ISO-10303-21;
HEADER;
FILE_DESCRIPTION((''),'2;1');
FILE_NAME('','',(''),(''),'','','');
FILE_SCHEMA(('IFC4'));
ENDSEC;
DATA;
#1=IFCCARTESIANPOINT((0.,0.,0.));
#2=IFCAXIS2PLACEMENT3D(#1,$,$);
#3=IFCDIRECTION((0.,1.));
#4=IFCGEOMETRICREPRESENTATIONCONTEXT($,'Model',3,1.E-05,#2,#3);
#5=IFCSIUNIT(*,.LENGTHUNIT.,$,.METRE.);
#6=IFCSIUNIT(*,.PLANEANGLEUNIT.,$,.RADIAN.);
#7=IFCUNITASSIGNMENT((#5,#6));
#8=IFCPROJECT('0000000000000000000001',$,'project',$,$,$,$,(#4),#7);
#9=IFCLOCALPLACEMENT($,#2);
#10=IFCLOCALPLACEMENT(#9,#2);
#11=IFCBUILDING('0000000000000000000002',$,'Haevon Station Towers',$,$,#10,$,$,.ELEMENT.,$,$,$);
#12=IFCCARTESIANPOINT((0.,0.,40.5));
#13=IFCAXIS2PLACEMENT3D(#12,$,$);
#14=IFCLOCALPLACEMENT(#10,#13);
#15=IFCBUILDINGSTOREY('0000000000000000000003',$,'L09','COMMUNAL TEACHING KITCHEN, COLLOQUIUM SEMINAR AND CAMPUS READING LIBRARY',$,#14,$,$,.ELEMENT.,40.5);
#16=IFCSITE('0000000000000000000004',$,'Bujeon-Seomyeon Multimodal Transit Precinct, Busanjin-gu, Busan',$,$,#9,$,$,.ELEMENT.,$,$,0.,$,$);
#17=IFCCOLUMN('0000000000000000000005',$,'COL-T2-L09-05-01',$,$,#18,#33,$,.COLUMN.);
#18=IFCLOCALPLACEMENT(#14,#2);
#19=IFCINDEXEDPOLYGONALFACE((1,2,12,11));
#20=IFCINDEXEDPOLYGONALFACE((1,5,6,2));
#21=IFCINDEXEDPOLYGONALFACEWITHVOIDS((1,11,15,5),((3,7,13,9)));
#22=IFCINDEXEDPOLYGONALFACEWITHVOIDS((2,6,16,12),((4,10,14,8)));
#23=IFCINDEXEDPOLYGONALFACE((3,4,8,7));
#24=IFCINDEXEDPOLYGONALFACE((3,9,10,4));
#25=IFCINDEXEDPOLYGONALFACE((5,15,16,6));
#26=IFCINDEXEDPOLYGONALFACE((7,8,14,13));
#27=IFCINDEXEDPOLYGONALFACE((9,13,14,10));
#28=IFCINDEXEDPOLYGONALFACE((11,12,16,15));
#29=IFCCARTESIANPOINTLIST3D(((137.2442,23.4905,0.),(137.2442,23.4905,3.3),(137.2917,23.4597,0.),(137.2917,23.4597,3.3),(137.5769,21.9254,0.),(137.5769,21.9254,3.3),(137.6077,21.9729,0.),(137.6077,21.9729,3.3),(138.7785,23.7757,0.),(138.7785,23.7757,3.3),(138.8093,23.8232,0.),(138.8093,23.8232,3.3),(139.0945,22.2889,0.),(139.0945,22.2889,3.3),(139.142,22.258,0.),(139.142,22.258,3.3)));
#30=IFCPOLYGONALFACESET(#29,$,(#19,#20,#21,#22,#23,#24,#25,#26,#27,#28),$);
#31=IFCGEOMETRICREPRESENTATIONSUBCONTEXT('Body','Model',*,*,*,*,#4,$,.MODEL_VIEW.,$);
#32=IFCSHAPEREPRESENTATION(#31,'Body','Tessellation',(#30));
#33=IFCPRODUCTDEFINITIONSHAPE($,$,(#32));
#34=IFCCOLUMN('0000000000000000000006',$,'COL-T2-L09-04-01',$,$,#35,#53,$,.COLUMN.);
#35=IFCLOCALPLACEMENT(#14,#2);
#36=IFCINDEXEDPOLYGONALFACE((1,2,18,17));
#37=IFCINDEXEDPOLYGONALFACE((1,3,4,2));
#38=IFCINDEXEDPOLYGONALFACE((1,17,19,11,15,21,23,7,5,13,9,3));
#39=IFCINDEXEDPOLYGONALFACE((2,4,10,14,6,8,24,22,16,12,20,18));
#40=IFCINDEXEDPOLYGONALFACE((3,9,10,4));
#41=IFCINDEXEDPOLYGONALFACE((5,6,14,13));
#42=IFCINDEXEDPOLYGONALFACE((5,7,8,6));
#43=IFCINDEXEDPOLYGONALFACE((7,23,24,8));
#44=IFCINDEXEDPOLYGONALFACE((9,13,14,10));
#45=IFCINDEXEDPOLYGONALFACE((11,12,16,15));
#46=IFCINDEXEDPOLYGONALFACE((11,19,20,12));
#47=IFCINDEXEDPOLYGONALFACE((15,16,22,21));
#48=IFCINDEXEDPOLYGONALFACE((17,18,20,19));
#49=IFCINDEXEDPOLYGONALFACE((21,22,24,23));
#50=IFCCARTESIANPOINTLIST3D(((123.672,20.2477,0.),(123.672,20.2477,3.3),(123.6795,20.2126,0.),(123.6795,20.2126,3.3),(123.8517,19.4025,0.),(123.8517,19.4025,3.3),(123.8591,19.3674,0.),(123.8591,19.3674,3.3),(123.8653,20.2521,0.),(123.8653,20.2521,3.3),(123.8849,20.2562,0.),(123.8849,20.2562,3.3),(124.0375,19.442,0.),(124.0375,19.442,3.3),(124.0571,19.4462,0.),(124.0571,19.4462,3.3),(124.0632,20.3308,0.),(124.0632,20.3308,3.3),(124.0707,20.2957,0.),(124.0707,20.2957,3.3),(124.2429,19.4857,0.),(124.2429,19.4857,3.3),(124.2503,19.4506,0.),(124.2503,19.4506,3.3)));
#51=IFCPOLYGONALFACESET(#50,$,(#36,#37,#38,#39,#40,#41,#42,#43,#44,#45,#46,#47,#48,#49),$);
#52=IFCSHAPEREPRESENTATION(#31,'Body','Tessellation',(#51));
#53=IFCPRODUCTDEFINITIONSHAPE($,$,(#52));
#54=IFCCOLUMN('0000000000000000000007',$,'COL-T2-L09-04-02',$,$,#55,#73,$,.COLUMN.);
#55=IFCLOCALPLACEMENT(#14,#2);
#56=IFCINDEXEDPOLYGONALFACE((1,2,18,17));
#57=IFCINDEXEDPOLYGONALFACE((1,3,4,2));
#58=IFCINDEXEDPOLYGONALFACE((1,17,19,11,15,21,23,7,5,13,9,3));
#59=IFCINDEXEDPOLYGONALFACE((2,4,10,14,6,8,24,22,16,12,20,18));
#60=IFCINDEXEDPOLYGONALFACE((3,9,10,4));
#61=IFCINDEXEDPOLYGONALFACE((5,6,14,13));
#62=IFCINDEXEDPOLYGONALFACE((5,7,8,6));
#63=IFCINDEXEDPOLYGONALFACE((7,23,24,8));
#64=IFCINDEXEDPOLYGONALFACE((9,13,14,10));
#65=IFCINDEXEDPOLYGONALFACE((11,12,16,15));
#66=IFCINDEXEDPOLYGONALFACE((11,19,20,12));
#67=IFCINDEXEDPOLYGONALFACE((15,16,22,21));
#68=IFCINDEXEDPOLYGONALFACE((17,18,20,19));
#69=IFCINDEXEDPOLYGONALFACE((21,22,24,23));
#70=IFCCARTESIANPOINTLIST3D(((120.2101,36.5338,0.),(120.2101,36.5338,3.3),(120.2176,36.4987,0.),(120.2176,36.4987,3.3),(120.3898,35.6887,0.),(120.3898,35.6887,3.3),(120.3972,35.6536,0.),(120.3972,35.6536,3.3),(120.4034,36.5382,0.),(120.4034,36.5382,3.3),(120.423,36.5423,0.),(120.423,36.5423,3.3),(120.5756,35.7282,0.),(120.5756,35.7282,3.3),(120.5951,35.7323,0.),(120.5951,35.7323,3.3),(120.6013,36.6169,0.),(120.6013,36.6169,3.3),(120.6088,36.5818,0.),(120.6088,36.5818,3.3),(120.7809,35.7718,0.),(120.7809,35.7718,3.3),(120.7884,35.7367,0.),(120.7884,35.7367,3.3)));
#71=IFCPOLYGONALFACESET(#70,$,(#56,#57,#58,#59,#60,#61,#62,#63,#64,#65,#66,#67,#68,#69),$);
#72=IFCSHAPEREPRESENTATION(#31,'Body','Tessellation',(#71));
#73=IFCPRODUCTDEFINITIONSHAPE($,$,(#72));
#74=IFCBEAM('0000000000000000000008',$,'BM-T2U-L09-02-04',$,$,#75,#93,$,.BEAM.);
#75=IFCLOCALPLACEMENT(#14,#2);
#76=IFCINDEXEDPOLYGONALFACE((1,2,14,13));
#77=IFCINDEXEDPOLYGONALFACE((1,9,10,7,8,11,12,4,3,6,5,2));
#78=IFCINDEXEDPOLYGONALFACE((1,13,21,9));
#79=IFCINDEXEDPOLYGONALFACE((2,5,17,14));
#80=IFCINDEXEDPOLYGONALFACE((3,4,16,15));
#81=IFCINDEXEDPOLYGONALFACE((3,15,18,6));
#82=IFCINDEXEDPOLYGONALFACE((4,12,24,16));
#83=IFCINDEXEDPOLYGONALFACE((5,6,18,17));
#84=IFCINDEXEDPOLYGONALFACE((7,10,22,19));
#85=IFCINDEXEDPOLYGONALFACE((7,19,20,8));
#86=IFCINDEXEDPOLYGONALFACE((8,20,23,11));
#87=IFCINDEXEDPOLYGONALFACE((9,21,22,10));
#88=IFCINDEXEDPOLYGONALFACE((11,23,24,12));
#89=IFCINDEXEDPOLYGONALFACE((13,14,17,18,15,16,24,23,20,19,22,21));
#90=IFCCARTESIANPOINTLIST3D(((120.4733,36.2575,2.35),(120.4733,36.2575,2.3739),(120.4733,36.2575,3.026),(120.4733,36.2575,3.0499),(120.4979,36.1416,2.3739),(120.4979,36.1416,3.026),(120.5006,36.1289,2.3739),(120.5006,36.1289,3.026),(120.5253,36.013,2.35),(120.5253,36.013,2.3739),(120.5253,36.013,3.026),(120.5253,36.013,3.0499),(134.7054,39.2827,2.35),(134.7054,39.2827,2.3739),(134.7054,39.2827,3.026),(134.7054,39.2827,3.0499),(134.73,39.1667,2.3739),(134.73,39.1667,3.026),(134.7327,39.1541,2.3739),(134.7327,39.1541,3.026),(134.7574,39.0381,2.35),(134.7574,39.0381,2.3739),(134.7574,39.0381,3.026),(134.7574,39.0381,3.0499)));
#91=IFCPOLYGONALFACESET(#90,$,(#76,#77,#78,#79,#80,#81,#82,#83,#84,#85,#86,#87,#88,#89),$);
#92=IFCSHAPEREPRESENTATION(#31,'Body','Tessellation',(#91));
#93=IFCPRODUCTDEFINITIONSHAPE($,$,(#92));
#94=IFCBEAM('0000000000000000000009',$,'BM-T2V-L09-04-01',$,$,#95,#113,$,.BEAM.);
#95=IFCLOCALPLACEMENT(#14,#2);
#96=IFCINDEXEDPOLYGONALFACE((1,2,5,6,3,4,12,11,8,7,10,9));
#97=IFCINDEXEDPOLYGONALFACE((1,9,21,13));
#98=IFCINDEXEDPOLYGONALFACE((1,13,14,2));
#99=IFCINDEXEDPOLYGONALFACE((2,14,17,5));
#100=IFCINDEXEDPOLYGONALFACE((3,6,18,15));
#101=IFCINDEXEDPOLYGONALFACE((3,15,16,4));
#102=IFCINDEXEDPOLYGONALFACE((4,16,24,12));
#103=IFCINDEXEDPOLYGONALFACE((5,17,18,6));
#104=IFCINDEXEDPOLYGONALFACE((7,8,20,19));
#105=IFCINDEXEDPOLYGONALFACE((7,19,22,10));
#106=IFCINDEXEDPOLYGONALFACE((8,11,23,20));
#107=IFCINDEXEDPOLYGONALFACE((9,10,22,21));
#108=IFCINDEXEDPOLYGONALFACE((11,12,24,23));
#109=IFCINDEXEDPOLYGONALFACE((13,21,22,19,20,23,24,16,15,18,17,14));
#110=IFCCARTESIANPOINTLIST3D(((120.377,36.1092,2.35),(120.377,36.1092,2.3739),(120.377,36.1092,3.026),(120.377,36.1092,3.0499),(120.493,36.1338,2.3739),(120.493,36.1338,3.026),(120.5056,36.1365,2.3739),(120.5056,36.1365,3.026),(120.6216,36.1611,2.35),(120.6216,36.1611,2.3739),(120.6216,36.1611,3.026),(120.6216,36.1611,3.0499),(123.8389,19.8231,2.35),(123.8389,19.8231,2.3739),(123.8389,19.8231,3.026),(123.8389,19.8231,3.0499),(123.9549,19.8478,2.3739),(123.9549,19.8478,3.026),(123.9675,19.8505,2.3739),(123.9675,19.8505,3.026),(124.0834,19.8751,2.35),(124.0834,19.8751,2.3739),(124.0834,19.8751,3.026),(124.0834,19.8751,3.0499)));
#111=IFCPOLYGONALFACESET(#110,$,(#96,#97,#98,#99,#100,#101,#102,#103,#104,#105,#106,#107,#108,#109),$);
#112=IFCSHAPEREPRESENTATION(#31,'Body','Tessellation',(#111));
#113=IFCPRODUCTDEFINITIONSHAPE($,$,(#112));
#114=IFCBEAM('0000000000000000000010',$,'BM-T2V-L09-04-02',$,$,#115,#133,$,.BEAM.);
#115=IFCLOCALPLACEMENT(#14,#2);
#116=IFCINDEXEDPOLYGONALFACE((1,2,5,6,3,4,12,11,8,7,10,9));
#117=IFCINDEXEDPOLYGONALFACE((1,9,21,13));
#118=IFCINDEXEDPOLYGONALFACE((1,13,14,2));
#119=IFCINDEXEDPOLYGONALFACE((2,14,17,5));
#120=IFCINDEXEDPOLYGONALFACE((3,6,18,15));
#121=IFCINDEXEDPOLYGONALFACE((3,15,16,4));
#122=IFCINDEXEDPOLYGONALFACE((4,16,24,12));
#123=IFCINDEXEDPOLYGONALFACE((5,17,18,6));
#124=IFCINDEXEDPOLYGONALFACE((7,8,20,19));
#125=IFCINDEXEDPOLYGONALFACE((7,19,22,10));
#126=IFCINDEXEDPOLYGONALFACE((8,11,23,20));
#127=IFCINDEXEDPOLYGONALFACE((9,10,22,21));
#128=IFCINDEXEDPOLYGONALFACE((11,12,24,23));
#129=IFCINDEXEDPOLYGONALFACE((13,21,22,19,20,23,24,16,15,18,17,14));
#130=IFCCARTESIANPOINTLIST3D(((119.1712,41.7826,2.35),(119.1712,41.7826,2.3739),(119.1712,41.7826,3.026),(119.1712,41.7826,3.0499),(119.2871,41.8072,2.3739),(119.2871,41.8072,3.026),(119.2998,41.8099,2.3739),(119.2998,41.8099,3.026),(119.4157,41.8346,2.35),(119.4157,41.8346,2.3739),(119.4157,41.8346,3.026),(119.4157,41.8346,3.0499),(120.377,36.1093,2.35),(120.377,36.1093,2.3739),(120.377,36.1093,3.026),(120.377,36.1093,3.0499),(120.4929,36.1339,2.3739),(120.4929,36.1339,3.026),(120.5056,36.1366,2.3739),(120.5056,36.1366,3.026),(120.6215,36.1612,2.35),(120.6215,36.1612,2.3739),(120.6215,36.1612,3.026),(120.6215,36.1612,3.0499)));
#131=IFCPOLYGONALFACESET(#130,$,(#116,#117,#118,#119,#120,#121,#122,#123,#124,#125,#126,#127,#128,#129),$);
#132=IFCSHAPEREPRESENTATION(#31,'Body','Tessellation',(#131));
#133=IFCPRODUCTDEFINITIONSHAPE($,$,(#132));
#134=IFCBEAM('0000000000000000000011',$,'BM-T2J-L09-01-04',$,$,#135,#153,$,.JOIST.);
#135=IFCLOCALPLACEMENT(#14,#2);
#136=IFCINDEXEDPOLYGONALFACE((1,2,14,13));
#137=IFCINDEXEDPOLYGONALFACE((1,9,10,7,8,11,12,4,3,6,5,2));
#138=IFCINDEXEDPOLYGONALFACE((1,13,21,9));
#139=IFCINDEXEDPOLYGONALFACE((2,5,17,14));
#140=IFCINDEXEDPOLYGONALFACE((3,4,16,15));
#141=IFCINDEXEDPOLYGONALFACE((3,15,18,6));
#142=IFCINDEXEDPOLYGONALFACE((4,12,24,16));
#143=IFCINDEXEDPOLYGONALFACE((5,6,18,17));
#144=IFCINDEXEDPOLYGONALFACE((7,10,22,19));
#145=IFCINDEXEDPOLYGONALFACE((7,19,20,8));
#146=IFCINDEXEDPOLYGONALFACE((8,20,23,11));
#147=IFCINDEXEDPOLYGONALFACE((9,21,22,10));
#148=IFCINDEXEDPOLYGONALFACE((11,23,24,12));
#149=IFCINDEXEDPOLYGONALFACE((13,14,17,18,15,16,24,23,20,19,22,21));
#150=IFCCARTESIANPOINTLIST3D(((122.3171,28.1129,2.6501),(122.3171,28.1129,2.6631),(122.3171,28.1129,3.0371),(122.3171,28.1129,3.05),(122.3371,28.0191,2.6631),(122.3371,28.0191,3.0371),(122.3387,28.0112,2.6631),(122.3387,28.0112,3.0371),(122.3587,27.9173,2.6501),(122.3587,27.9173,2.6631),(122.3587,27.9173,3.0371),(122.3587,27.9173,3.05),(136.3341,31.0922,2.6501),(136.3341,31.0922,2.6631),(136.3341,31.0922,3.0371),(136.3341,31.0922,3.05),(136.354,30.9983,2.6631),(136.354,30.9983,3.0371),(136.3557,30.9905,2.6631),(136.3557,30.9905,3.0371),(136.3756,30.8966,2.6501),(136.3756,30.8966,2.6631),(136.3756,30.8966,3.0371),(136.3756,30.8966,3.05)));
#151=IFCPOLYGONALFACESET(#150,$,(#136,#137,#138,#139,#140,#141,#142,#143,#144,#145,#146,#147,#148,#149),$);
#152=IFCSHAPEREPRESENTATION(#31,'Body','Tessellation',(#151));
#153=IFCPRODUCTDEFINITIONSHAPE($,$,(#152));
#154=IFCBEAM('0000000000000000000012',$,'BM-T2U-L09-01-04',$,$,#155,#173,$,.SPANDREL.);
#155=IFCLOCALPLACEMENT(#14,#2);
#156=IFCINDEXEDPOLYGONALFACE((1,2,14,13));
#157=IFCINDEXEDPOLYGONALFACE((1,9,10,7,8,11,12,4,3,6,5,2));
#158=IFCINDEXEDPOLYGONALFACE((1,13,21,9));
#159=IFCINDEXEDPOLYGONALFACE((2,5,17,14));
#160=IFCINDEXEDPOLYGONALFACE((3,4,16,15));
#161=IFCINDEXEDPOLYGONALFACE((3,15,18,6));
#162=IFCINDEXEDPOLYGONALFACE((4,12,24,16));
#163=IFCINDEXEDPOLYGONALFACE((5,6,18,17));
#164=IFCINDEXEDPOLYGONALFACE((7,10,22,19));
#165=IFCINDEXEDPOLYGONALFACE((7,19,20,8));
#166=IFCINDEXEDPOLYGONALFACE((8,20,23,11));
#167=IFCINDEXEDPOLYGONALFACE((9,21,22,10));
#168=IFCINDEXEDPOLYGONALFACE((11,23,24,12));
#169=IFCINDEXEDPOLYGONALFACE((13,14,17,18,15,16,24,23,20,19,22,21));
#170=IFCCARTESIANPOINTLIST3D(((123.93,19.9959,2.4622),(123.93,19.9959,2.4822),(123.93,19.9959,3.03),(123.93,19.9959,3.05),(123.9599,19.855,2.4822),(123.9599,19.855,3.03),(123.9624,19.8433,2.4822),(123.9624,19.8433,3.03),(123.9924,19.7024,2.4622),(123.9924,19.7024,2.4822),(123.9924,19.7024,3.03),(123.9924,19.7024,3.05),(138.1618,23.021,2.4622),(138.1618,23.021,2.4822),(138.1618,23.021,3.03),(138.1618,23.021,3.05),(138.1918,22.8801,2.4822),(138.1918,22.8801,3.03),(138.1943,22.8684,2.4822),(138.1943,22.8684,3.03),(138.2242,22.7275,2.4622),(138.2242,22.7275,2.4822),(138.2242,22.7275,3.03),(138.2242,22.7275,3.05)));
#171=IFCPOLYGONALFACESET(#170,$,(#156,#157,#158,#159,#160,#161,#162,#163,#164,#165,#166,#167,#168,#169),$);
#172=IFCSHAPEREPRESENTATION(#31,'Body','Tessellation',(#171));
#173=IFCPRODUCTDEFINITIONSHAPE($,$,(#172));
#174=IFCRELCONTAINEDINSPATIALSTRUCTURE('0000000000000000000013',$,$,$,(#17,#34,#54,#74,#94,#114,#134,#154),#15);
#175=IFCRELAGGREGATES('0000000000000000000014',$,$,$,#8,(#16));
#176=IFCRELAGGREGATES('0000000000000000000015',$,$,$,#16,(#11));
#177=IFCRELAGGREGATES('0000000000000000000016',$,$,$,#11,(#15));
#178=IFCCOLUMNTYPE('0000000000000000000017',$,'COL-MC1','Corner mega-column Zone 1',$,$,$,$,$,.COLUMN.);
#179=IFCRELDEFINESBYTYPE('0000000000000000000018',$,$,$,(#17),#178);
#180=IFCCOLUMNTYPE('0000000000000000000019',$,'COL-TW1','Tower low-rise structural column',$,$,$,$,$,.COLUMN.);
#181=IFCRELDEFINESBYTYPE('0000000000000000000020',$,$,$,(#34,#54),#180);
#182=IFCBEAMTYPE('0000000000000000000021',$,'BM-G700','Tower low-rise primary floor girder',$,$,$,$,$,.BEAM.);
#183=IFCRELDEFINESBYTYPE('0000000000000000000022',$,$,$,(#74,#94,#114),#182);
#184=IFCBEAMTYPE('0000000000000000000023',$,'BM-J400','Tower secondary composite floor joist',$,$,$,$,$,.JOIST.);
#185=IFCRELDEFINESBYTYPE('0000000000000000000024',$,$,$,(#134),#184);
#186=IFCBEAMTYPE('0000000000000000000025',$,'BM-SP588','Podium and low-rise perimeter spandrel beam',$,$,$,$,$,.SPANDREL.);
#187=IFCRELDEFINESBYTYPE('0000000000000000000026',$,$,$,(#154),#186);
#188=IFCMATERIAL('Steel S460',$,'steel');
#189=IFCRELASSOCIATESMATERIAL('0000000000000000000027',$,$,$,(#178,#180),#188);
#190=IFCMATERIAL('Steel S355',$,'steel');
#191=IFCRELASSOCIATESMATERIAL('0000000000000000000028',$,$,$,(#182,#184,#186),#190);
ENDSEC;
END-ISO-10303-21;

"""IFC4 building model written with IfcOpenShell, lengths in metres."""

from ifc_helpers import new_model, si_unit, direction, frame, origin, origin_2d, place, context, subcontext, project, spatial, hollow_rectangle, i_section, extrude, material, material_profile, profile_set, type_object, element, save


model = new_model("IFC4")

# Units and contexts
model_context = context("Model", 3, precision=1e-05, world=origin(), true_north=direction((0.0, 1.0)))
body_context = subcontext(model_context, "Body", "Model", "MODEL_VIEW")
ifc_project = project(units=[si_unit("LENGTHUNIT", "METRE"), si_unit("PLANEANGLEUNIT", "RADIAN")], contexts=[model_context])

# Site, building, storey
site_placement = place(None, origin())
site = spatial("IfcSite", under=ifc_project, at=site_placement, Name="Bujeon-Seomyeon Multimodal Transit Precinct, Busanjin-gu, Busan", CompositionType="ELEMENT", RefElevation=0.0)
building_placement = place(site_placement, origin())
building = spatial("IfcBuilding", under=site, at=building_placement, Name="Haevon Station Towers", CompositionType="ELEMENT")
storey_placement = place(building_placement, frame((0.0, 0.0, 40.5)))
storey = spatial("IfcBuildingStorey", under=building, at=storey_placement, Name="L09", Description="COMMUNAL TEACHING KITCHEN, COLLOQUIUM SEMINAR AND CAMPUS READING LIBRARY", CompositionType="ELEMENT", Elevation=40.5)

# Columns
ifc_material_1 = material(Name="Steel S460", Category="steel")
ifc_material_profile_1 = material_profile(ifc_material_1, hollow_rectangle(XDim=1.6001, YDim=1.6001, WallThickness=0.04, at=origin_2d()), Name="BOX-1600x1600x40")
ifc_profile_set_1 = profile_set([ifc_material_profile_1], Name="Steel S460")
column_type_1 = type_object("IfcColumnType", Name="COL-MC1", Description="Corner mega-column Zone 1", PredefinedType="COLUMN", material=ifc_profile_set_1)
column_placement = place(storey_placement, frame((138.1931, 22.8743, 0.0), z_axis=(0.0, 0.0, 1.0), x_axis=(0.978148, 0.207912, 0.0)))
element("IfcColumn", 1, at=column_placement, inside=storey, type_object=column_type_1, Name="COL-T2-L09-05-01", PredefinedType="COLUMN", context=body_context, shape_type="SweptSolid", body=[
    extrude(hollow_rectangle(XDim=1.6001, YDim=1.6001, WallThickness=0.04, at=origin_2d()), origin(), (0.0, 0.0, 1.0), 3.3),
])
ifc_material_profile_2 = material_profile(ifc_material_1, i_section(OverallWidth=0.3999, OverallDepth=0.8999, WebThickness=0.02, FlangeThickness=0.0359, at=origin_2d()), Name="H-900x400x20x36")
ifc_profile_set_2 = profile_set([ifc_material_profile_2], Name="Steel S460")
column_type_2 = type_object("IfcColumnType", Name="COL-TW1", Description="Tower low-rise structural column", PredefinedType="COLUMN", material=ifc_profile_set_2)
for number, where, z_axis, x_axis, name in (
    (2, (123.9612, 19.8491, 0.0), (0.0, 0.0, 1.0), (0.978148, 0.207912, 0.0), "COL-T2-L09-04-01"),
    (3, (120.4993, 36.1353, 0.0), (0.0, 0.0, 1.0), (0.978148, 0.207912, 0.0), "COL-T2-L09-04-02"),
):
    element("IfcColumn", number, at=place(storey_placement, frame(where, z_axis=z_axis, x_axis=x_axis)), inside=storey, type_object=column_type_2, Name=name, PredefinedType="COLUMN", context=body_context, shape_type="SweptSolid", body=[
        extrude(i_section(OverallWidth=0.3999, OverallDepth=0.8999, WebThickness=0.02, FlangeThickness=0.0359, at=origin_2d()), origin(), (0.0, 0.0, 1.0), 3.3),
    ])

# Beams
ifc_material_2 = material(Name="Steel S355", Category="steel")
ifc_material_profile_3 = material_profile(ifc_material_2, i_section(OverallWidth=0.25, OverallDepth=0.7, WebThickness=0.0129, FlangeThickness=0.0239, at=origin_2d()), Name="H-700x250x13x24")
ifc_profile_set_3 = profile_set([ifc_material_profile_3], Name="Steel S355")
beam_type_1 = type_object("IfcBeamType", Name="BM-G700", Description="Tower low-rise primary floor girder", PredefinedType="BEAM", material=ifc_profile_set_3)
beam_1_placement = place(storey_placement, frame((120.4993, 36.1353, 2.7), z_axis=(0.978148, 0.207912, 0.0), x_axis=(-0.207912, 0.978148, 0.0)))
element("IfcBeam", 4, at=beam_1_placement, inside=storey, type_object=beam_type_1, Name="BM-T2U-L09-02-04", PredefinedType="BEAM", context=body_context, shape_type="SweptSolid", body=[
    extrude(i_section(OverallWidth=0.25, OverallDepth=0.7, WebThickness=0.0129, FlangeThickness=0.0239, at=origin_2d()), origin(), (0.0, 0.0, 1.0), 14.55),
])
beam_2_placement = place(storey_placement, frame((123.9612, 19.8491, 2.7), z_axis=(-0.207923, 0.978145, 0.0), x_axis=(-0.978145, -0.207923, 0.0)))
element("IfcBeam", 5, at=beam_2_placement, inside=storey, type_object=beam_type_1, Name="BM-T2V-L09-04-01", PredefinedType="BEAM", context=body_context, shape_type="SweptSolid", body=[
    extrude(i_section(OverallWidth=0.25, OverallDepth=0.7, WebThickness=0.0129, FlangeThickness=0.0239, at=origin_2d()), origin(), (0.0, 0.0, 1.0), 16.6499),
])
beam_3_placement = place(storey_placement, frame((120.4993, 36.1353, 2.7), z_axis=(-0.207896, 0.978151, 0.0), x_axis=(-0.978151, -0.207896, 0.0)))
element("IfcBeam", 6, at=beam_3_placement, inside=storey, type_object=beam_type_1, Name="BM-T2V-L09-04-02", PredefinedType="BEAM", context=body_context, shape_type="SweptSolid", body=[
    extrude(i_section(OverallWidth=0.25, OverallDepth=0.7, WebThickness=0.0129, FlangeThickness=0.0239, at=origin_2d()), origin(), (0.0, 0.0, 1.0), 5.8),
])
ifc_material_profile_4 = material_profile(ifc_material_2, i_section(OverallWidth=0.2, OverallDepth=0.3999, WebThickness=0.0081, FlangeThickness=0.0129, at=origin_2d()), Name="H-400x200x8x13")
ifc_profile_set_4 = profile_set([ifc_material_profile_4], Name="Steel S355")
beam_type_2 = type_object("IfcBeamType", Name="BM-J400", Description="Tower secondary composite floor joist", PredefinedType="JOIST", material=ifc_profile_set_4)
beam_4_placement = place(storey_placement, frame((122.3379, 28.0151, 2.8501), z_axis=(0.978149, 0.207903, 0.0), x_axis=(-0.207903, 0.978149, 0.0)))
element("IfcBeam", 7, at=beam_4_placement, inside=storey, type_object=beam_type_2, Name="BM-T2J-L09-01-04", PredefinedType="JOIST", context=body_context, shape_type="SweptSolid", body=[
    extrude(i_section(OverallWidth=0.2, OverallDepth=0.3999, WebThickness=0.0081, FlangeThickness=0.0129, at=origin_2d()), origin(), (0.0, 0.0, 1.0), 14.3301),
])
ifc_material_profile_5 = material_profile(ifc_material_2, i_section(OverallWidth=0.3, OverallDepth=0.5879, WebThickness=0.012, FlangeThickness=0.02, at=origin_2d()), Name="H-588x300x12x20")
ifc_profile_set_5 = profile_set([ifc_material_profile_5], Name="Steel S355")
beam_type_3 = type_object("IfcBeamType", Name="BM-SP588", Description="Podium and low-rise perimeter spandrel beam", PredefinedType="SPANDREL", material=ifc_profile_set_5)
beam_5_placement = place(storey_placement, frame((123.9612, 19.8491, 2.7561), z_axis=(0.978147, 0.207915, 0.0), x_axis=(-0.207915, 0.978147, 0.0)))
element("IfcBeam", 8, at=beam_5_placement, inside=storey, type_object=beam_type_3, Name="BM-T2U-L09-01-04", PredefinedType="SPANDREL", context=body_context, shape_type="SweptSolid", body=[
    extrude(i_section(OverallWidth=0.3, OverallDepth=0.5879, WebThickness=0.012, FlangeThickness=0.02, at=origin_2d()), origin(), (0.0, 0.0, 1.0), 14.5498),
])

save(model, "model.ifc")
